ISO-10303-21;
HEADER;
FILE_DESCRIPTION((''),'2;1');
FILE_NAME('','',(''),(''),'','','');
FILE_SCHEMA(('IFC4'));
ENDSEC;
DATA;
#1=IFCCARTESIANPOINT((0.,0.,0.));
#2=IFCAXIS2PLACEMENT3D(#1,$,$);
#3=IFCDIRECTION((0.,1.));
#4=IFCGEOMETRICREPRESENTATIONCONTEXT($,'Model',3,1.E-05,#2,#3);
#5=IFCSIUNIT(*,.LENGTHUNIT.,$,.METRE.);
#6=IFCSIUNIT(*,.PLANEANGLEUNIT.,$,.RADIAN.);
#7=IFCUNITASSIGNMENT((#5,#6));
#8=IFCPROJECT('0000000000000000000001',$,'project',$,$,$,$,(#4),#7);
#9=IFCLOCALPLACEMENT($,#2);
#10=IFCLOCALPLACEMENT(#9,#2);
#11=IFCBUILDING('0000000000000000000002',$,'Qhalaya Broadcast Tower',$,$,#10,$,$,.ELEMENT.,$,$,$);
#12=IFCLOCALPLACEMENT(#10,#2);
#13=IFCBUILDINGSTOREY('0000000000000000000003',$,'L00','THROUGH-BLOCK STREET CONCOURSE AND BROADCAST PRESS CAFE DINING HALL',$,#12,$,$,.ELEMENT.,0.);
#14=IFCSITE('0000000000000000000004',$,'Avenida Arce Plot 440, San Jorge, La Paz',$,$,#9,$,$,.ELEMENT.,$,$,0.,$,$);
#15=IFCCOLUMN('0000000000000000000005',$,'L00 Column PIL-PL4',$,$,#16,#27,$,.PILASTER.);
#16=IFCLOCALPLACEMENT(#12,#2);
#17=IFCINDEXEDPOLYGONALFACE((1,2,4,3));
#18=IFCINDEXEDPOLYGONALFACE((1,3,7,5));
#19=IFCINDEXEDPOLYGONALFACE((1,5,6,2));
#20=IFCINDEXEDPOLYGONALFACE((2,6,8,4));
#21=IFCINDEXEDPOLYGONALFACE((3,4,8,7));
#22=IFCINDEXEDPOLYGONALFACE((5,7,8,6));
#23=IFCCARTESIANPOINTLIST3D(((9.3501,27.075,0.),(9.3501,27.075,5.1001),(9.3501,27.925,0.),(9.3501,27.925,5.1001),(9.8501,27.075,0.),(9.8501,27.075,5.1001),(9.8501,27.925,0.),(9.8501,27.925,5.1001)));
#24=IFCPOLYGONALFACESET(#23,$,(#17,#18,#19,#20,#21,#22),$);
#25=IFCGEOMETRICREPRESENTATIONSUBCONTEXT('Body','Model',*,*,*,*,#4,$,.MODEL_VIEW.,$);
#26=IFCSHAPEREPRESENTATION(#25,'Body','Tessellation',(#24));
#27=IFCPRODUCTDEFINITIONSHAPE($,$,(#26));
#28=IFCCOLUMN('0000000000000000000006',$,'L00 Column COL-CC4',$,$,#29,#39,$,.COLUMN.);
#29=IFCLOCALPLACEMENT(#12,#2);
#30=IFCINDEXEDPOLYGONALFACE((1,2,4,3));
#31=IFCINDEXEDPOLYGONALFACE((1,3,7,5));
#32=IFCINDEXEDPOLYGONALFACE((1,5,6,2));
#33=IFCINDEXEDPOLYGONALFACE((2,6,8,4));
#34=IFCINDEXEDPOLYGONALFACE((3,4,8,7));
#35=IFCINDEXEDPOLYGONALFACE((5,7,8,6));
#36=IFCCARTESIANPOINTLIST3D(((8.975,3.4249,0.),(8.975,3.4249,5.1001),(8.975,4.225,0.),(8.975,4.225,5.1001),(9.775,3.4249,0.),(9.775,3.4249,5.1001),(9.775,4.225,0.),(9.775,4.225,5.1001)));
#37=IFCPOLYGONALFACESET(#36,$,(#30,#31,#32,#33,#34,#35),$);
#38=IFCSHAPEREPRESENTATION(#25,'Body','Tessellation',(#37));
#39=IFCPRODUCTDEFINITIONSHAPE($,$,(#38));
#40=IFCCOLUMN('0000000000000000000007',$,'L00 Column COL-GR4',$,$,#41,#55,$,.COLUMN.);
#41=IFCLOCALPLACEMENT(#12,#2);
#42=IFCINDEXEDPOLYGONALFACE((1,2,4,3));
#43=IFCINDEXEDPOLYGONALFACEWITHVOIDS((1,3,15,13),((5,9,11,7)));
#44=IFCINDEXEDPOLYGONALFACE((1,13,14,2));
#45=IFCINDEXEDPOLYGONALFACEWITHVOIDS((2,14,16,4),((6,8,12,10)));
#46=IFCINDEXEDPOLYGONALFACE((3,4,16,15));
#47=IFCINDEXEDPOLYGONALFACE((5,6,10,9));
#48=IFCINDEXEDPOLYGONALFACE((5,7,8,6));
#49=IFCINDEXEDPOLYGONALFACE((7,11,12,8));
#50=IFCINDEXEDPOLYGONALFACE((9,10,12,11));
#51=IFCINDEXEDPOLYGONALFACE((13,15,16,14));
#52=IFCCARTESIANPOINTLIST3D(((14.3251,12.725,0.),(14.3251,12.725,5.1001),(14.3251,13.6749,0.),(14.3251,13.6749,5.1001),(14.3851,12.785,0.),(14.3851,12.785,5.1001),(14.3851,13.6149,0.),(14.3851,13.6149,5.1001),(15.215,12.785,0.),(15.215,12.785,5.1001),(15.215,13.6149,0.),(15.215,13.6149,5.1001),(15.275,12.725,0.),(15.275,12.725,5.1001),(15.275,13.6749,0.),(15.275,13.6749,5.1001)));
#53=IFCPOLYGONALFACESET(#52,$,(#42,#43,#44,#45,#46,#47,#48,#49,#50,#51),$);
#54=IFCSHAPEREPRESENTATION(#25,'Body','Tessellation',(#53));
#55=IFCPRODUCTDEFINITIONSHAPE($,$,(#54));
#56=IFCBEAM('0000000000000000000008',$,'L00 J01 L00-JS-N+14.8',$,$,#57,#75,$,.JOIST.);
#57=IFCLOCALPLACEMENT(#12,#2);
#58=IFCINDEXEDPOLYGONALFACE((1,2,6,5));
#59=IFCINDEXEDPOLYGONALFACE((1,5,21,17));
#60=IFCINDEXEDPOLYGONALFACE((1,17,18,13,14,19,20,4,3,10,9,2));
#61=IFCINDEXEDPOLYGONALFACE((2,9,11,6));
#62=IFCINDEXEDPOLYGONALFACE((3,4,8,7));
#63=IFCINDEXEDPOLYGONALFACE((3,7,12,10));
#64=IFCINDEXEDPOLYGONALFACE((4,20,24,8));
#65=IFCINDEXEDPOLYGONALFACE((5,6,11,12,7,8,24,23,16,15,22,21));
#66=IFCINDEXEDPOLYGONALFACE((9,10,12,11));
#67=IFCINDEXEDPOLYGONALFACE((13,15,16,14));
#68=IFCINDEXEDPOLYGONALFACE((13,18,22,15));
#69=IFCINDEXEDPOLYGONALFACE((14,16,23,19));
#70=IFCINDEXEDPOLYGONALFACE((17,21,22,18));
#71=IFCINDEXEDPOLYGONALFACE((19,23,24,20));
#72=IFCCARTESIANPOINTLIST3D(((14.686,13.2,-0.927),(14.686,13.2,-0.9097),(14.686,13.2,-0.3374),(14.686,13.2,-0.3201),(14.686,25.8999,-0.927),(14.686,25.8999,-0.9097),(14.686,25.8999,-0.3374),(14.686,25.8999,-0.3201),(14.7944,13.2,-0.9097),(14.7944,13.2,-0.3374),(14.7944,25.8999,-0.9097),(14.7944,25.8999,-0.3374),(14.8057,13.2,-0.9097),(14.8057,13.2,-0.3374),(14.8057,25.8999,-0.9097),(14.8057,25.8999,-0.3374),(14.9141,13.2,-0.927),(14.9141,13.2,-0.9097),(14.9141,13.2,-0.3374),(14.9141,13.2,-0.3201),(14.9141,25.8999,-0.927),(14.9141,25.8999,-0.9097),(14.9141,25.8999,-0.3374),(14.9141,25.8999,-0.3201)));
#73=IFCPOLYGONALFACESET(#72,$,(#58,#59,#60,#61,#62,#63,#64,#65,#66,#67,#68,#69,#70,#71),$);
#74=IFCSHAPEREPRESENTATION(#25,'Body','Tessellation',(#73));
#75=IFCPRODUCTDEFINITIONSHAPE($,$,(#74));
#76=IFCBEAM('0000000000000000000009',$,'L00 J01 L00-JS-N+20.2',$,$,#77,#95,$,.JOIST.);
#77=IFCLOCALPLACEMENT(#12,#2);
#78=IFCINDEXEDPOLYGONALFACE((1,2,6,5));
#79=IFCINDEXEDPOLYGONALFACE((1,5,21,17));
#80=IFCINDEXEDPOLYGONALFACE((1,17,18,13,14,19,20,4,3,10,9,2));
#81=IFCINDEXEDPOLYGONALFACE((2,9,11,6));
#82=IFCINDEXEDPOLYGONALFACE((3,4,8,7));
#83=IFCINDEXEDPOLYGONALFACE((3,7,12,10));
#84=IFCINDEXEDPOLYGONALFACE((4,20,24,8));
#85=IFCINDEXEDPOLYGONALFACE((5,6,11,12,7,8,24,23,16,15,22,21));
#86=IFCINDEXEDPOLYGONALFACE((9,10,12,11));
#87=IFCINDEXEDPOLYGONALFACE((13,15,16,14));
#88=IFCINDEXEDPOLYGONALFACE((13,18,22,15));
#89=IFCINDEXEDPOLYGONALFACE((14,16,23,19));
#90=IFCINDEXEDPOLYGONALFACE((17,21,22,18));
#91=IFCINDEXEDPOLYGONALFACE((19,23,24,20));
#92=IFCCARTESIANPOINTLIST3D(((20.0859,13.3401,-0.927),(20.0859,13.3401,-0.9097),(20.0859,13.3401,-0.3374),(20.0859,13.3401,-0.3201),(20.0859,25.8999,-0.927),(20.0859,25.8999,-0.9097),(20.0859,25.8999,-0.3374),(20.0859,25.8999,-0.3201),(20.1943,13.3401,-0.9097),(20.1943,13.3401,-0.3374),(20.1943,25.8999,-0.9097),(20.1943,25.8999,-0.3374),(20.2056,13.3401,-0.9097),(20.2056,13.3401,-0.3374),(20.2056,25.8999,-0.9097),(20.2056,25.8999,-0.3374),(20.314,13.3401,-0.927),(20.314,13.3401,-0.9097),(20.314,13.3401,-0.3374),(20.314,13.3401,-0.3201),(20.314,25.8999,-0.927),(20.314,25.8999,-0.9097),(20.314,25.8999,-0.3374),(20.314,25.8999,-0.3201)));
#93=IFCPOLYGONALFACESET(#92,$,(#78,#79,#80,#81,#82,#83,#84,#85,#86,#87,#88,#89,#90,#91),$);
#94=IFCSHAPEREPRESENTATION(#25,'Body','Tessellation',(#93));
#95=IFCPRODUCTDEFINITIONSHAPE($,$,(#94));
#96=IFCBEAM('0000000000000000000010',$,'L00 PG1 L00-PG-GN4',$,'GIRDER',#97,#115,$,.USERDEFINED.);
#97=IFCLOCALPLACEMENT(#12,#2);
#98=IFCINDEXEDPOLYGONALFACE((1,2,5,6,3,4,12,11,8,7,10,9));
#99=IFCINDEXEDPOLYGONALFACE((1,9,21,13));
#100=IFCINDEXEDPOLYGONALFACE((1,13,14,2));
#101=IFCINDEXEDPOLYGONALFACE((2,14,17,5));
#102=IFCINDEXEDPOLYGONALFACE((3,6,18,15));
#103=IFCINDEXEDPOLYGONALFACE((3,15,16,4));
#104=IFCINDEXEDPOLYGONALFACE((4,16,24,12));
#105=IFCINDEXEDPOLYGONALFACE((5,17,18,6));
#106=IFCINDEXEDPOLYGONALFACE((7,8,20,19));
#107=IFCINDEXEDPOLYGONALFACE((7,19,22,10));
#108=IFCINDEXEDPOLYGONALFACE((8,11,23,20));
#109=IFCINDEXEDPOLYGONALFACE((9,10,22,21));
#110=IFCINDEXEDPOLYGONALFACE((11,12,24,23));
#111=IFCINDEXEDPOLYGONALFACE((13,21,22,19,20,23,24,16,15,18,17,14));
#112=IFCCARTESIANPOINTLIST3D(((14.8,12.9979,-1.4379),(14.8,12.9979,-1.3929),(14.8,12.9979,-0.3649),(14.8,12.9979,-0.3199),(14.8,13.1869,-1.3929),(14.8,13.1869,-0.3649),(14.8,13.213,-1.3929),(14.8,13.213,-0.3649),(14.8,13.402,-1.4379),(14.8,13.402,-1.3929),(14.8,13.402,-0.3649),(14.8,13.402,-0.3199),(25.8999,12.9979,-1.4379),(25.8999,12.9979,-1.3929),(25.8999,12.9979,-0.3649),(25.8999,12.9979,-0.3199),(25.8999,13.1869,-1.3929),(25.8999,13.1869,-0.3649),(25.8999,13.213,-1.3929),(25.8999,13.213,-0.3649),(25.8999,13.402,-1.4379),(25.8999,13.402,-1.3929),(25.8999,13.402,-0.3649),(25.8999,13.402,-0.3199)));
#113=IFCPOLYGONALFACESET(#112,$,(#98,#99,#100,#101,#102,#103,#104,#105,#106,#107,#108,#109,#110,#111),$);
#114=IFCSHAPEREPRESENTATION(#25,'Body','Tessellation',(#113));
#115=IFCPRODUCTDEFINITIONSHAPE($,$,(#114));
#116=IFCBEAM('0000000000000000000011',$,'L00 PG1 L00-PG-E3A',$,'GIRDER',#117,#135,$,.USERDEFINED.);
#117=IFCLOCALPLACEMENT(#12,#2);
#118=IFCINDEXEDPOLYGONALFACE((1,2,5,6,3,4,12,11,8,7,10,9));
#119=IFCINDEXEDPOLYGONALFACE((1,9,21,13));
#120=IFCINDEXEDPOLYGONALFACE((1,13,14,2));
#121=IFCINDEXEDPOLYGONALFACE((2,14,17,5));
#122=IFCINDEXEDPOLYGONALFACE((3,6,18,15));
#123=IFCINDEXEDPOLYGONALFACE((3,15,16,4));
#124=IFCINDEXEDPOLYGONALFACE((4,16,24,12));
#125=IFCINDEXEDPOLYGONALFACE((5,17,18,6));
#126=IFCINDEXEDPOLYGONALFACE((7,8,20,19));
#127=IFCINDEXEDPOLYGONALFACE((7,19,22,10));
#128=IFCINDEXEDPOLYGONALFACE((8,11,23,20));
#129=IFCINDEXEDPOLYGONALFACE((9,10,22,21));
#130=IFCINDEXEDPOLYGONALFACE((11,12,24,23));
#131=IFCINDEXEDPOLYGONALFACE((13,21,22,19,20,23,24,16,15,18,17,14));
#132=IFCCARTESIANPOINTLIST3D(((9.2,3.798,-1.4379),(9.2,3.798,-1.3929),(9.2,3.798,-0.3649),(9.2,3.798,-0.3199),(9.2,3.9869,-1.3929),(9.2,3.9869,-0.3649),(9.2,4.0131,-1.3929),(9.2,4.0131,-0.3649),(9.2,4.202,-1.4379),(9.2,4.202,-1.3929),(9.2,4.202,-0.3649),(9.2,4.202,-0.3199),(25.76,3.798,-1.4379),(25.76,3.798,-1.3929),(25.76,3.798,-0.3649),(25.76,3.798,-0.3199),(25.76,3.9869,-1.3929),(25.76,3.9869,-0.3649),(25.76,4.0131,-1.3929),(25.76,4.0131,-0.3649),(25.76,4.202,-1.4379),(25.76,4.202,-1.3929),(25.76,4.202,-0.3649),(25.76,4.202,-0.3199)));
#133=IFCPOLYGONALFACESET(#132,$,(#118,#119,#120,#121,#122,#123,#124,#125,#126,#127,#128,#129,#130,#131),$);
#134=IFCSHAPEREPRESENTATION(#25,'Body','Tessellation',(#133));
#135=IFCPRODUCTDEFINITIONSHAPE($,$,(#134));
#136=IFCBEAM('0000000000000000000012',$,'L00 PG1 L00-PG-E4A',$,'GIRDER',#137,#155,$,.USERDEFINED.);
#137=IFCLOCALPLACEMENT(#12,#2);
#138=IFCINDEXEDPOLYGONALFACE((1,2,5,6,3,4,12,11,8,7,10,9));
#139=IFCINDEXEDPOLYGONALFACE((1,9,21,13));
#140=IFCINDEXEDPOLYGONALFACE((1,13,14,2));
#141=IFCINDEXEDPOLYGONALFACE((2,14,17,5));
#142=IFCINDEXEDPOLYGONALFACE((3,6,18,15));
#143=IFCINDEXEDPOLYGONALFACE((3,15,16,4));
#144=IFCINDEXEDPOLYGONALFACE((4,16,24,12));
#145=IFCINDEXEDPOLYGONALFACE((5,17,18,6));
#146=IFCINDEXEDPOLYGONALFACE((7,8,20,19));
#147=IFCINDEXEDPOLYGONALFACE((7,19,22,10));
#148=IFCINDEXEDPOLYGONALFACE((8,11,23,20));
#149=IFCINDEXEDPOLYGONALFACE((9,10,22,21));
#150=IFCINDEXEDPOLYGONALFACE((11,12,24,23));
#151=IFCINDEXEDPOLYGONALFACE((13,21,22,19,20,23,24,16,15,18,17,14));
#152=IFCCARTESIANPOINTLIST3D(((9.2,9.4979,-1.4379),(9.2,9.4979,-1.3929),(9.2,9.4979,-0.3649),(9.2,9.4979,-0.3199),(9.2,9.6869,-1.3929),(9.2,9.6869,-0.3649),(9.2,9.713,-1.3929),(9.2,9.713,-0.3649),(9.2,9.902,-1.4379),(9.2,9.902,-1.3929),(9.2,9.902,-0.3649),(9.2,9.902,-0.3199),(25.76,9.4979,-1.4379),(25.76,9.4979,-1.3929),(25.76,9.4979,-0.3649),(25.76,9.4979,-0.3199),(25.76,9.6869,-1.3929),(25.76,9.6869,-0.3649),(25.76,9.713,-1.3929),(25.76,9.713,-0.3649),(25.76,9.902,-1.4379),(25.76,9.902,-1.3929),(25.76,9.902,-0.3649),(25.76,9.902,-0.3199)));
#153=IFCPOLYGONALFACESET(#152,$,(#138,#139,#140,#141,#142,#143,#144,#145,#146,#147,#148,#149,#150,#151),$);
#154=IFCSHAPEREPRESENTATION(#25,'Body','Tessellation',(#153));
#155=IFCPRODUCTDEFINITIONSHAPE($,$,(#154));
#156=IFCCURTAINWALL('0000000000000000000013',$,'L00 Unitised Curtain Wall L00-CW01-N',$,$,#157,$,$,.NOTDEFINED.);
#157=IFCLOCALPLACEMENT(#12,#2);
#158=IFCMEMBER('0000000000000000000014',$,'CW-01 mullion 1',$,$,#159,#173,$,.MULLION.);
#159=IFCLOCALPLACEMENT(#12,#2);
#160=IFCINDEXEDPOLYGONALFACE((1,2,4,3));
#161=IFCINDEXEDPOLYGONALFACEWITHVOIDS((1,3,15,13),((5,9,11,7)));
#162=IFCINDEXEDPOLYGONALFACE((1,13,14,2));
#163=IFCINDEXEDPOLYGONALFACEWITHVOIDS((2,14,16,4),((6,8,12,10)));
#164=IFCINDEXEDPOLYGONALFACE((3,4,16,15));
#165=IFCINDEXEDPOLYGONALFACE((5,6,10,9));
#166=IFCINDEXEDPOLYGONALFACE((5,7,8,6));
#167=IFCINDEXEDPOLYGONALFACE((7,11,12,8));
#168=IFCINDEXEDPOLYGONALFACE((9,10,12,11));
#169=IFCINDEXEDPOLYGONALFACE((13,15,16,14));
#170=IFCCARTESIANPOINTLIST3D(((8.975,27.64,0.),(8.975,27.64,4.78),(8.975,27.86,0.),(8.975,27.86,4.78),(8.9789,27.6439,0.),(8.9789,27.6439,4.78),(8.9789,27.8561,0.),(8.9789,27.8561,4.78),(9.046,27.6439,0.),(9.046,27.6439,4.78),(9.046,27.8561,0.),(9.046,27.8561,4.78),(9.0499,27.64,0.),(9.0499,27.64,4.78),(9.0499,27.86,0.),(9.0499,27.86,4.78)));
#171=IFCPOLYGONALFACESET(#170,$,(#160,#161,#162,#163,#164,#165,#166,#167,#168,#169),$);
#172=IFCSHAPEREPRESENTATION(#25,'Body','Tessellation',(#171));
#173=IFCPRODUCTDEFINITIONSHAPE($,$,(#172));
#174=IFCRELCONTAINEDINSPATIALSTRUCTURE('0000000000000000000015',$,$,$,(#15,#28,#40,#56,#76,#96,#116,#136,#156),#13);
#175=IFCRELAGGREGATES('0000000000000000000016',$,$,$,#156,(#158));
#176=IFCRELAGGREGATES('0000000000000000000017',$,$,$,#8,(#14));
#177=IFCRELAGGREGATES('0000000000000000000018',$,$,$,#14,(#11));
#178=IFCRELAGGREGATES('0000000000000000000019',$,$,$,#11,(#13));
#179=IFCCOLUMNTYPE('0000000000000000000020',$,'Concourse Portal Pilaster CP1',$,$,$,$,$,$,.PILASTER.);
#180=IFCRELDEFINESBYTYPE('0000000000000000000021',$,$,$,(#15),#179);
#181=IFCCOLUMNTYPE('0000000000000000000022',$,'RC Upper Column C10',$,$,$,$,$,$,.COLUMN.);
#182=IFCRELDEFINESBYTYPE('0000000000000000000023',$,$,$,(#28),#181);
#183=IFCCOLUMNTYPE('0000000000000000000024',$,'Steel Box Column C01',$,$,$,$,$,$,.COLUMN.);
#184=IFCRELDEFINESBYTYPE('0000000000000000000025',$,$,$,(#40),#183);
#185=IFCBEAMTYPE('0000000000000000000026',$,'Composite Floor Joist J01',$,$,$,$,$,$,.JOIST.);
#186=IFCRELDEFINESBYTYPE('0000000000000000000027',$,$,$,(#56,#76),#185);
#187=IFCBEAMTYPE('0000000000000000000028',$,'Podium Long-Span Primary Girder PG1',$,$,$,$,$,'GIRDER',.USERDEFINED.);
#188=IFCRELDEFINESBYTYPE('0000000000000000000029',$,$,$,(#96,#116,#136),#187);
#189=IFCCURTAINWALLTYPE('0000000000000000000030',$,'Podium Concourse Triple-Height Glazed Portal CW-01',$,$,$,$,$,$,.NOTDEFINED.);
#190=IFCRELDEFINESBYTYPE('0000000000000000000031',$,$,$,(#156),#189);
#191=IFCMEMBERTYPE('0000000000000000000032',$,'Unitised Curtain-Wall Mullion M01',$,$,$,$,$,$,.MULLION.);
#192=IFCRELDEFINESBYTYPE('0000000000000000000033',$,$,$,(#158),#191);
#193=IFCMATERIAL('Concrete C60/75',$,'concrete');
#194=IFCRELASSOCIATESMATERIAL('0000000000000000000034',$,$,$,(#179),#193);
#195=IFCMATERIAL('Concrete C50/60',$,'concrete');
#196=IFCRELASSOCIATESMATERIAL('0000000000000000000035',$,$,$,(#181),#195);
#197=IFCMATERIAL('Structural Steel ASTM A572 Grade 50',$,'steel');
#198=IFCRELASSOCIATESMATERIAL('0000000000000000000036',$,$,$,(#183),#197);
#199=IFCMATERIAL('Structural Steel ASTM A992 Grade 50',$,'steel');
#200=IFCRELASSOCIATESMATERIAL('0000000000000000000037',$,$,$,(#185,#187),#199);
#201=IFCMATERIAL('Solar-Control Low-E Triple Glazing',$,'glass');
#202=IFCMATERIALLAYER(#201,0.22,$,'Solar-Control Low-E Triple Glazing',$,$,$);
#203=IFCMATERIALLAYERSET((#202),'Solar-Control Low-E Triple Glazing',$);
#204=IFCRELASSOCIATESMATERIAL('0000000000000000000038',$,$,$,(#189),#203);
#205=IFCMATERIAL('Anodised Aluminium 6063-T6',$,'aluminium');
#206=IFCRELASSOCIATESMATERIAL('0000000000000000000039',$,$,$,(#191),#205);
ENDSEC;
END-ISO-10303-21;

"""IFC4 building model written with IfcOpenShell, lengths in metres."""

from ifc_helpers import new_model, si_unit, direction, frame, origin, origin_2d, place, context, subcontext, project, spatial, rectangle, hollow_rectangle, i_section, extrude, material, layer, layer_set, material_profile, profile_set, type_object, element, aggregate, save


model = new_model("IFC4")

# Units and contexts
model_context = context("Model", 3, precision=1e-05, world=origin(), true_north=direction((0.0, 1.0)))
body_context = subcontext(model_context, "Body", "Model", "MODEL_VIEW")
ifc_project = project(units=[si_unit("LENGTHUNIT", "METRE"), si_unit("PLANEANGLEUNIT", "RADIAN")], contexts=[model_context])

# Site, building, storey
site_placement = place(None, origin())
site = spatial("IfcSite", under=ifc_project, at=site_placement, Name="Avenida Arce Plot 440, San Jorge, La Paz", CompositionType="ELEMENT", RefElevation=0.0)
building_placement = place(site_placement, origin())
building = spatial("IfcBuilding", under=site, at=building_placement, Name="Qhalaya Broadcast Tower", CompositionType="ELEMENT")
storey_placement = place(building_placement, origin())
storey = spatial("IfcBuildingStorey", under=building, at=storey_placement, Name="L00", Description="THROUGH-BLOCK STREET CONCOURSE AND BROADCAST PRESS CAFE DINING HALL", CompositionType="ELEMENT", Elevation=0.0)

# Columns
ifc_material_1 = material(Name="Concrete C60/75", Category="concrete")
ifc_material_profile_1 = material_profile(ifc_material_1, rectangle(XDim=0.5, YDim=0.8501, at=origin_2d()), Name="RC-PIL 500x850")
ifc_profile_set_1 = profile_set([ifc_material_profile_1], Name="Concrete C60/75")
column_type_1 = type_object("IfcColumnType", Name="Concourse Portal Pilaster CP1", PredefinedType="PILASTER", material=ifc_profile_set_1)
column_1_placement = place(storey_placement, frame((9.6001, 27.5, 0.0), z_axis=(0.0, 0.0, 1.0), x_axis=(1.0, 0.0, 0.0)))
element("IfcColumn", 1, at=column_1_placement, inside=storey, type_object=column_type_1, Name="L00 Column PIL-PL4", PredefinedType="PILASTER", context=body_context, shape_type="SweptSolid", body=[
    extrude(rectangle(XDim=0.5, YDim=0.8501, at=origin_2d()), origin(), (0.0, 0.0, 1.0), 5.1001),
])
ifc_material_2 = material(Name="Concrete C50/60", Category="concrete")
ifc_material_profile_2 = material_profile(ifc_material_2, rectangle(XDim=0.8, YDim=0.8, at=origin_2d()), Name="RC-COL 800x800")
ifc_profile_set_2 = profile_set([ifc_material_profile_2], Name="Concrete C50/60")
column_type_2 = type_object("IfcColumnType", Name="RC Upper Column C10", PredefinedType="COLUMN", material=ifc_profile_set_2)
column_2_placement = place(storey_placement, frame((9.375, 3.825, 0.0), z_axis=(0.0, 0.0, 1.0), x_axis=(1.0, 0.0, 0.0)))
element("IfcColumn", 2, at=column_2_placement, inside=storey, type_object=column_type_2, Name="L00 Column COL-CC4", PredefinedType="COLUMN", context=body_context, shape_type="SweptSolid", body=[
    extrude(rectangle(XDim=0.8, YDim=0.8, at=origin_2d()), origin(), (0.0, 0.0, 1.0), 5.1001),
])
ifc_material_3 = material(Name="Structural Steel ASTM A572 Grade 50", Category="steel")
ifc_material_profile_3 = material_profile(ifc_material_3, hollow_rectangle(XDim=0.95, YDim=0.95, WallThickness=0.0601, at=origin_2d()), Name="BOX 950x950x60")
ifc_profile_set_3 = profile_set([ifc_material_profile_3], Name="Structural Steel ASTM A572 Grade 50")
column_type_3 = type_object("IfcColumnType", Name="Steel Box Column C01", PredefinedType="COLUMN", material=ifc_profile_set_3)
column_3_placement = place(storey_placement, frame((14.8, 13.2, 0.0), z_axis=(0.0, 0.0, 1.0), x_axis=(1.0, 0.0, 0.0)))
element("IfcColumn", 3, at=column_3_placement, inside=storey, type_object=column_type_3, Name="L00 Column COL-GR4", PredefinedType="COLUMN", context=body_context, shape_type="SweptSolid", body=[
    extrude(hollow_rectangle(XDim=0.95, YDim=0.95, WallThickness=0.0601, at=origin_2d()), origin(), (0.0, 0.0, 1.0), 5.1001),
])

# Beams
ifc_material_4 = material(Name="Structural Steel ASTM A992 Grade 50", Category="steel")
ifc_material_profile_4 = material_profile(ifc_material_4, i_section(OverallWidth=0.228, OverallDepth=0.6069, WebThickness=0.0112, FlangeThickness=0.0173, at=origin_2d()), Name="W24X76")
ifc_profile_set_4 = profile_set([ifc_material_profile_4], Name="Structural Steel ASTM A992 Grade 50")
beam_type_1 = type_object("IfcBeamType", Name="Composite Floor Joist J01", PredefinedType="JOIST", material=ifc_profile_set_4)
beam_1_placement = place(storey_placement, frame((14.8, 13.2, -0.6235), z_axis=(0.0, 1.0, 0.0), x_axis=(-1.0, 0.0, 0.0)))
element("IfcBeam", 4, at=beam_1_placement, inside=storey, type_object=beam_type_1, Name="L00 J01 L00-JS-N+14.8", PredefinedType="JOIST", context=body_context, shape_type="SweptSolid", body=[
    extrude(i_section(OverallWidth=0.228, OverallDepth=0.6069, WebThickness=0.0112, FlangeThickness=0.0173, at=origin_2d()), origin(), (0.0, 0.0, 1.0), 12.7),
])
beam_2_placement = place(storey_placement, frame((20.2, 13.3401, -0.6235), z_axis=(0.0, 1.0, 0.0), x_axis=(-1.0, 0.0, 0.0)))
element("IfcBeam", 5, at=beam_2_placement, inside=storey, type_object=beam_type_1, Name="L00 J01 L00-JS-N+20.2", PredefinedType="JOIST", context=body_context, shape_type="SweptSolid", body=[
    extrude(i_section(OverallWidth=0.228, OverallDepth=0.6069, WebThickness=0.0112, FlangeThickness=0.0173, at=origin_2d()), origin(), (0.0, 0.0, 1.0), 12.5598),
])
ifc_material_profile_5 = material_profile(ifc_material_4, i_section(OverallWidth=0.4041, OverallDepth=1.1179, WebThickness=0.0261, FlangeThickness=0.0449, at=origin_2d()), Name="W44X335")
ifc_profile_set_5 = profile_set([ifc_material_profile_5], Name="Structural Steel ASTM A992 Grade 50")
beam_type_2 = type_object("IfcBeamType", Name="Podium Long-Span Primary Girder PG1", ElementType="GIRDER", PredefinedType="USERDEFINED", material=ifc_profile_set_5)
beam_3_placement = place(storey_placement, frame((14.8, 13.2, -0.8789), z_axis=(1.0, 0.0, 0.0), x_axis=(0.0, 1.0, 0.0)))
element("IfcBeam", 6, at=beam_3_placement, inside=storey, type_object=beam_type_2, Name="L00 PG1 L00-PG-GN4", ObjectType="GIRDER", PredefinedType="USERDEFINED", context=body_context, shape_type="SweptSolid", body=[
    extrude(i_section(OverallWidth=0.4041, OverallDepth=1.1179, WebThickness=0.0261, FlangeThickness=0.0449, at=origin_2d()), origin(), (0.0, 0.0, 1.0), 11.0999),
])
for number, where, z_axis, x_axis, name in (
    (7, (9.2, 4.0, -0.8789), (1.0, 0.0, 0.0), (0.0, 1.0, 0.0), "L00 PG1 L00-PG-E3A"),
    (8, (9.2, 9.7, -0.8789), (1.0, 0.0, 0.0), (0.0, 1.0, 0.0), "L00 PG1 L00-PG-E4A"),
):
    element("IfcBeam", number, at=place(storey_placement, frame(where, z_axis=z_axis, x_axis=x_axis)), inside=storey, type_object=beam_type_2, Name=name, ObjectType="GIRDER", PredefinedType="USERDEFINED", context=body_context, shape_type="SweptSolid", body=[
        extrude(i_section(OverallWidth=0.4041, OverallDepth=1.1179, WebThickness=0.0261, FlangeThickness=0.0449, at=origin_2d()), origin(), (0.0, 0.0, 1.0), 16.5601),
    ])

# Curtain wall, member
ifc_material_5 = material(Name="Solar-Control Low-E Triple Glazing", Category="glass")
ifc_layer_1 = layer(ifc_material_5, 0.22, Name="Solar-Control Low-E Triple Glazing")
ifc_layer_set_1 = layer_set([ifc_layer_1], Name="Solar-Control Low-E Triple Glazing")
curtain_wall_type = type_object("IfcCurtainWallType", Name="Podium Concourse Triple-Height Glazed Portal CW-01", PredefinedType="NOTDEFINED", material=ifc_layer_set_1)
curtain_wall_placement = place(storey_placement, origin())
curtain_wall = element("IfcCurtainWall", 9, at=curtain_wall_placement, inside=storey, type_object=curtain_wall_type, Name="L00 Unitised Curtain Wall L00-CW01-N", PredefinedType="NOTDEFINED")
ifc_material_6 = material(Name="Anodised Aluminium 6063-T6", Category="aluminium")
ifc_material_profile_6 = material_profile(ifc_material_6, hollow_rectangle(XDim=0.075, YDim=0.22, WallThickness=0.0039, at=origin_2d()), Name="ALU-MUL 75x220x4")
ifc_profile_set_6 = profile_set([ifc_material_profile_6], Name="Anodised Aluminium 6063-T6")
member_type_1 = type_object("IfcMemberType", Name="Unitised Curtain-Wall Mullion M01", PredefinedType="MULLION", material=ifc_profile_set_6)
member_1_placement = place(storey_placement, frame((9.0125, 27.75, 0.0), z_axis=(0.0, 0.0, 1.0), x_axis=(-1.0, 0.0, 0.0)))
member_1 = element("IfcMember", 10, at=member_1_placement, type_object=member_type_1, Name="CW-01 mullion 1", PredefinedType="MULLION", context=body_context, shape_type="SweptSolid", body=[
    extrude(hollow_rectangle(XDim=0.075, YDim=0.22, WallThickness=0.0039, at=origin_2d()), origin(), (0.0, 0.0, 1.0), 4.78),
])
aggregate(curtain_wall, [member_1])

save(model, "model.ifc")
